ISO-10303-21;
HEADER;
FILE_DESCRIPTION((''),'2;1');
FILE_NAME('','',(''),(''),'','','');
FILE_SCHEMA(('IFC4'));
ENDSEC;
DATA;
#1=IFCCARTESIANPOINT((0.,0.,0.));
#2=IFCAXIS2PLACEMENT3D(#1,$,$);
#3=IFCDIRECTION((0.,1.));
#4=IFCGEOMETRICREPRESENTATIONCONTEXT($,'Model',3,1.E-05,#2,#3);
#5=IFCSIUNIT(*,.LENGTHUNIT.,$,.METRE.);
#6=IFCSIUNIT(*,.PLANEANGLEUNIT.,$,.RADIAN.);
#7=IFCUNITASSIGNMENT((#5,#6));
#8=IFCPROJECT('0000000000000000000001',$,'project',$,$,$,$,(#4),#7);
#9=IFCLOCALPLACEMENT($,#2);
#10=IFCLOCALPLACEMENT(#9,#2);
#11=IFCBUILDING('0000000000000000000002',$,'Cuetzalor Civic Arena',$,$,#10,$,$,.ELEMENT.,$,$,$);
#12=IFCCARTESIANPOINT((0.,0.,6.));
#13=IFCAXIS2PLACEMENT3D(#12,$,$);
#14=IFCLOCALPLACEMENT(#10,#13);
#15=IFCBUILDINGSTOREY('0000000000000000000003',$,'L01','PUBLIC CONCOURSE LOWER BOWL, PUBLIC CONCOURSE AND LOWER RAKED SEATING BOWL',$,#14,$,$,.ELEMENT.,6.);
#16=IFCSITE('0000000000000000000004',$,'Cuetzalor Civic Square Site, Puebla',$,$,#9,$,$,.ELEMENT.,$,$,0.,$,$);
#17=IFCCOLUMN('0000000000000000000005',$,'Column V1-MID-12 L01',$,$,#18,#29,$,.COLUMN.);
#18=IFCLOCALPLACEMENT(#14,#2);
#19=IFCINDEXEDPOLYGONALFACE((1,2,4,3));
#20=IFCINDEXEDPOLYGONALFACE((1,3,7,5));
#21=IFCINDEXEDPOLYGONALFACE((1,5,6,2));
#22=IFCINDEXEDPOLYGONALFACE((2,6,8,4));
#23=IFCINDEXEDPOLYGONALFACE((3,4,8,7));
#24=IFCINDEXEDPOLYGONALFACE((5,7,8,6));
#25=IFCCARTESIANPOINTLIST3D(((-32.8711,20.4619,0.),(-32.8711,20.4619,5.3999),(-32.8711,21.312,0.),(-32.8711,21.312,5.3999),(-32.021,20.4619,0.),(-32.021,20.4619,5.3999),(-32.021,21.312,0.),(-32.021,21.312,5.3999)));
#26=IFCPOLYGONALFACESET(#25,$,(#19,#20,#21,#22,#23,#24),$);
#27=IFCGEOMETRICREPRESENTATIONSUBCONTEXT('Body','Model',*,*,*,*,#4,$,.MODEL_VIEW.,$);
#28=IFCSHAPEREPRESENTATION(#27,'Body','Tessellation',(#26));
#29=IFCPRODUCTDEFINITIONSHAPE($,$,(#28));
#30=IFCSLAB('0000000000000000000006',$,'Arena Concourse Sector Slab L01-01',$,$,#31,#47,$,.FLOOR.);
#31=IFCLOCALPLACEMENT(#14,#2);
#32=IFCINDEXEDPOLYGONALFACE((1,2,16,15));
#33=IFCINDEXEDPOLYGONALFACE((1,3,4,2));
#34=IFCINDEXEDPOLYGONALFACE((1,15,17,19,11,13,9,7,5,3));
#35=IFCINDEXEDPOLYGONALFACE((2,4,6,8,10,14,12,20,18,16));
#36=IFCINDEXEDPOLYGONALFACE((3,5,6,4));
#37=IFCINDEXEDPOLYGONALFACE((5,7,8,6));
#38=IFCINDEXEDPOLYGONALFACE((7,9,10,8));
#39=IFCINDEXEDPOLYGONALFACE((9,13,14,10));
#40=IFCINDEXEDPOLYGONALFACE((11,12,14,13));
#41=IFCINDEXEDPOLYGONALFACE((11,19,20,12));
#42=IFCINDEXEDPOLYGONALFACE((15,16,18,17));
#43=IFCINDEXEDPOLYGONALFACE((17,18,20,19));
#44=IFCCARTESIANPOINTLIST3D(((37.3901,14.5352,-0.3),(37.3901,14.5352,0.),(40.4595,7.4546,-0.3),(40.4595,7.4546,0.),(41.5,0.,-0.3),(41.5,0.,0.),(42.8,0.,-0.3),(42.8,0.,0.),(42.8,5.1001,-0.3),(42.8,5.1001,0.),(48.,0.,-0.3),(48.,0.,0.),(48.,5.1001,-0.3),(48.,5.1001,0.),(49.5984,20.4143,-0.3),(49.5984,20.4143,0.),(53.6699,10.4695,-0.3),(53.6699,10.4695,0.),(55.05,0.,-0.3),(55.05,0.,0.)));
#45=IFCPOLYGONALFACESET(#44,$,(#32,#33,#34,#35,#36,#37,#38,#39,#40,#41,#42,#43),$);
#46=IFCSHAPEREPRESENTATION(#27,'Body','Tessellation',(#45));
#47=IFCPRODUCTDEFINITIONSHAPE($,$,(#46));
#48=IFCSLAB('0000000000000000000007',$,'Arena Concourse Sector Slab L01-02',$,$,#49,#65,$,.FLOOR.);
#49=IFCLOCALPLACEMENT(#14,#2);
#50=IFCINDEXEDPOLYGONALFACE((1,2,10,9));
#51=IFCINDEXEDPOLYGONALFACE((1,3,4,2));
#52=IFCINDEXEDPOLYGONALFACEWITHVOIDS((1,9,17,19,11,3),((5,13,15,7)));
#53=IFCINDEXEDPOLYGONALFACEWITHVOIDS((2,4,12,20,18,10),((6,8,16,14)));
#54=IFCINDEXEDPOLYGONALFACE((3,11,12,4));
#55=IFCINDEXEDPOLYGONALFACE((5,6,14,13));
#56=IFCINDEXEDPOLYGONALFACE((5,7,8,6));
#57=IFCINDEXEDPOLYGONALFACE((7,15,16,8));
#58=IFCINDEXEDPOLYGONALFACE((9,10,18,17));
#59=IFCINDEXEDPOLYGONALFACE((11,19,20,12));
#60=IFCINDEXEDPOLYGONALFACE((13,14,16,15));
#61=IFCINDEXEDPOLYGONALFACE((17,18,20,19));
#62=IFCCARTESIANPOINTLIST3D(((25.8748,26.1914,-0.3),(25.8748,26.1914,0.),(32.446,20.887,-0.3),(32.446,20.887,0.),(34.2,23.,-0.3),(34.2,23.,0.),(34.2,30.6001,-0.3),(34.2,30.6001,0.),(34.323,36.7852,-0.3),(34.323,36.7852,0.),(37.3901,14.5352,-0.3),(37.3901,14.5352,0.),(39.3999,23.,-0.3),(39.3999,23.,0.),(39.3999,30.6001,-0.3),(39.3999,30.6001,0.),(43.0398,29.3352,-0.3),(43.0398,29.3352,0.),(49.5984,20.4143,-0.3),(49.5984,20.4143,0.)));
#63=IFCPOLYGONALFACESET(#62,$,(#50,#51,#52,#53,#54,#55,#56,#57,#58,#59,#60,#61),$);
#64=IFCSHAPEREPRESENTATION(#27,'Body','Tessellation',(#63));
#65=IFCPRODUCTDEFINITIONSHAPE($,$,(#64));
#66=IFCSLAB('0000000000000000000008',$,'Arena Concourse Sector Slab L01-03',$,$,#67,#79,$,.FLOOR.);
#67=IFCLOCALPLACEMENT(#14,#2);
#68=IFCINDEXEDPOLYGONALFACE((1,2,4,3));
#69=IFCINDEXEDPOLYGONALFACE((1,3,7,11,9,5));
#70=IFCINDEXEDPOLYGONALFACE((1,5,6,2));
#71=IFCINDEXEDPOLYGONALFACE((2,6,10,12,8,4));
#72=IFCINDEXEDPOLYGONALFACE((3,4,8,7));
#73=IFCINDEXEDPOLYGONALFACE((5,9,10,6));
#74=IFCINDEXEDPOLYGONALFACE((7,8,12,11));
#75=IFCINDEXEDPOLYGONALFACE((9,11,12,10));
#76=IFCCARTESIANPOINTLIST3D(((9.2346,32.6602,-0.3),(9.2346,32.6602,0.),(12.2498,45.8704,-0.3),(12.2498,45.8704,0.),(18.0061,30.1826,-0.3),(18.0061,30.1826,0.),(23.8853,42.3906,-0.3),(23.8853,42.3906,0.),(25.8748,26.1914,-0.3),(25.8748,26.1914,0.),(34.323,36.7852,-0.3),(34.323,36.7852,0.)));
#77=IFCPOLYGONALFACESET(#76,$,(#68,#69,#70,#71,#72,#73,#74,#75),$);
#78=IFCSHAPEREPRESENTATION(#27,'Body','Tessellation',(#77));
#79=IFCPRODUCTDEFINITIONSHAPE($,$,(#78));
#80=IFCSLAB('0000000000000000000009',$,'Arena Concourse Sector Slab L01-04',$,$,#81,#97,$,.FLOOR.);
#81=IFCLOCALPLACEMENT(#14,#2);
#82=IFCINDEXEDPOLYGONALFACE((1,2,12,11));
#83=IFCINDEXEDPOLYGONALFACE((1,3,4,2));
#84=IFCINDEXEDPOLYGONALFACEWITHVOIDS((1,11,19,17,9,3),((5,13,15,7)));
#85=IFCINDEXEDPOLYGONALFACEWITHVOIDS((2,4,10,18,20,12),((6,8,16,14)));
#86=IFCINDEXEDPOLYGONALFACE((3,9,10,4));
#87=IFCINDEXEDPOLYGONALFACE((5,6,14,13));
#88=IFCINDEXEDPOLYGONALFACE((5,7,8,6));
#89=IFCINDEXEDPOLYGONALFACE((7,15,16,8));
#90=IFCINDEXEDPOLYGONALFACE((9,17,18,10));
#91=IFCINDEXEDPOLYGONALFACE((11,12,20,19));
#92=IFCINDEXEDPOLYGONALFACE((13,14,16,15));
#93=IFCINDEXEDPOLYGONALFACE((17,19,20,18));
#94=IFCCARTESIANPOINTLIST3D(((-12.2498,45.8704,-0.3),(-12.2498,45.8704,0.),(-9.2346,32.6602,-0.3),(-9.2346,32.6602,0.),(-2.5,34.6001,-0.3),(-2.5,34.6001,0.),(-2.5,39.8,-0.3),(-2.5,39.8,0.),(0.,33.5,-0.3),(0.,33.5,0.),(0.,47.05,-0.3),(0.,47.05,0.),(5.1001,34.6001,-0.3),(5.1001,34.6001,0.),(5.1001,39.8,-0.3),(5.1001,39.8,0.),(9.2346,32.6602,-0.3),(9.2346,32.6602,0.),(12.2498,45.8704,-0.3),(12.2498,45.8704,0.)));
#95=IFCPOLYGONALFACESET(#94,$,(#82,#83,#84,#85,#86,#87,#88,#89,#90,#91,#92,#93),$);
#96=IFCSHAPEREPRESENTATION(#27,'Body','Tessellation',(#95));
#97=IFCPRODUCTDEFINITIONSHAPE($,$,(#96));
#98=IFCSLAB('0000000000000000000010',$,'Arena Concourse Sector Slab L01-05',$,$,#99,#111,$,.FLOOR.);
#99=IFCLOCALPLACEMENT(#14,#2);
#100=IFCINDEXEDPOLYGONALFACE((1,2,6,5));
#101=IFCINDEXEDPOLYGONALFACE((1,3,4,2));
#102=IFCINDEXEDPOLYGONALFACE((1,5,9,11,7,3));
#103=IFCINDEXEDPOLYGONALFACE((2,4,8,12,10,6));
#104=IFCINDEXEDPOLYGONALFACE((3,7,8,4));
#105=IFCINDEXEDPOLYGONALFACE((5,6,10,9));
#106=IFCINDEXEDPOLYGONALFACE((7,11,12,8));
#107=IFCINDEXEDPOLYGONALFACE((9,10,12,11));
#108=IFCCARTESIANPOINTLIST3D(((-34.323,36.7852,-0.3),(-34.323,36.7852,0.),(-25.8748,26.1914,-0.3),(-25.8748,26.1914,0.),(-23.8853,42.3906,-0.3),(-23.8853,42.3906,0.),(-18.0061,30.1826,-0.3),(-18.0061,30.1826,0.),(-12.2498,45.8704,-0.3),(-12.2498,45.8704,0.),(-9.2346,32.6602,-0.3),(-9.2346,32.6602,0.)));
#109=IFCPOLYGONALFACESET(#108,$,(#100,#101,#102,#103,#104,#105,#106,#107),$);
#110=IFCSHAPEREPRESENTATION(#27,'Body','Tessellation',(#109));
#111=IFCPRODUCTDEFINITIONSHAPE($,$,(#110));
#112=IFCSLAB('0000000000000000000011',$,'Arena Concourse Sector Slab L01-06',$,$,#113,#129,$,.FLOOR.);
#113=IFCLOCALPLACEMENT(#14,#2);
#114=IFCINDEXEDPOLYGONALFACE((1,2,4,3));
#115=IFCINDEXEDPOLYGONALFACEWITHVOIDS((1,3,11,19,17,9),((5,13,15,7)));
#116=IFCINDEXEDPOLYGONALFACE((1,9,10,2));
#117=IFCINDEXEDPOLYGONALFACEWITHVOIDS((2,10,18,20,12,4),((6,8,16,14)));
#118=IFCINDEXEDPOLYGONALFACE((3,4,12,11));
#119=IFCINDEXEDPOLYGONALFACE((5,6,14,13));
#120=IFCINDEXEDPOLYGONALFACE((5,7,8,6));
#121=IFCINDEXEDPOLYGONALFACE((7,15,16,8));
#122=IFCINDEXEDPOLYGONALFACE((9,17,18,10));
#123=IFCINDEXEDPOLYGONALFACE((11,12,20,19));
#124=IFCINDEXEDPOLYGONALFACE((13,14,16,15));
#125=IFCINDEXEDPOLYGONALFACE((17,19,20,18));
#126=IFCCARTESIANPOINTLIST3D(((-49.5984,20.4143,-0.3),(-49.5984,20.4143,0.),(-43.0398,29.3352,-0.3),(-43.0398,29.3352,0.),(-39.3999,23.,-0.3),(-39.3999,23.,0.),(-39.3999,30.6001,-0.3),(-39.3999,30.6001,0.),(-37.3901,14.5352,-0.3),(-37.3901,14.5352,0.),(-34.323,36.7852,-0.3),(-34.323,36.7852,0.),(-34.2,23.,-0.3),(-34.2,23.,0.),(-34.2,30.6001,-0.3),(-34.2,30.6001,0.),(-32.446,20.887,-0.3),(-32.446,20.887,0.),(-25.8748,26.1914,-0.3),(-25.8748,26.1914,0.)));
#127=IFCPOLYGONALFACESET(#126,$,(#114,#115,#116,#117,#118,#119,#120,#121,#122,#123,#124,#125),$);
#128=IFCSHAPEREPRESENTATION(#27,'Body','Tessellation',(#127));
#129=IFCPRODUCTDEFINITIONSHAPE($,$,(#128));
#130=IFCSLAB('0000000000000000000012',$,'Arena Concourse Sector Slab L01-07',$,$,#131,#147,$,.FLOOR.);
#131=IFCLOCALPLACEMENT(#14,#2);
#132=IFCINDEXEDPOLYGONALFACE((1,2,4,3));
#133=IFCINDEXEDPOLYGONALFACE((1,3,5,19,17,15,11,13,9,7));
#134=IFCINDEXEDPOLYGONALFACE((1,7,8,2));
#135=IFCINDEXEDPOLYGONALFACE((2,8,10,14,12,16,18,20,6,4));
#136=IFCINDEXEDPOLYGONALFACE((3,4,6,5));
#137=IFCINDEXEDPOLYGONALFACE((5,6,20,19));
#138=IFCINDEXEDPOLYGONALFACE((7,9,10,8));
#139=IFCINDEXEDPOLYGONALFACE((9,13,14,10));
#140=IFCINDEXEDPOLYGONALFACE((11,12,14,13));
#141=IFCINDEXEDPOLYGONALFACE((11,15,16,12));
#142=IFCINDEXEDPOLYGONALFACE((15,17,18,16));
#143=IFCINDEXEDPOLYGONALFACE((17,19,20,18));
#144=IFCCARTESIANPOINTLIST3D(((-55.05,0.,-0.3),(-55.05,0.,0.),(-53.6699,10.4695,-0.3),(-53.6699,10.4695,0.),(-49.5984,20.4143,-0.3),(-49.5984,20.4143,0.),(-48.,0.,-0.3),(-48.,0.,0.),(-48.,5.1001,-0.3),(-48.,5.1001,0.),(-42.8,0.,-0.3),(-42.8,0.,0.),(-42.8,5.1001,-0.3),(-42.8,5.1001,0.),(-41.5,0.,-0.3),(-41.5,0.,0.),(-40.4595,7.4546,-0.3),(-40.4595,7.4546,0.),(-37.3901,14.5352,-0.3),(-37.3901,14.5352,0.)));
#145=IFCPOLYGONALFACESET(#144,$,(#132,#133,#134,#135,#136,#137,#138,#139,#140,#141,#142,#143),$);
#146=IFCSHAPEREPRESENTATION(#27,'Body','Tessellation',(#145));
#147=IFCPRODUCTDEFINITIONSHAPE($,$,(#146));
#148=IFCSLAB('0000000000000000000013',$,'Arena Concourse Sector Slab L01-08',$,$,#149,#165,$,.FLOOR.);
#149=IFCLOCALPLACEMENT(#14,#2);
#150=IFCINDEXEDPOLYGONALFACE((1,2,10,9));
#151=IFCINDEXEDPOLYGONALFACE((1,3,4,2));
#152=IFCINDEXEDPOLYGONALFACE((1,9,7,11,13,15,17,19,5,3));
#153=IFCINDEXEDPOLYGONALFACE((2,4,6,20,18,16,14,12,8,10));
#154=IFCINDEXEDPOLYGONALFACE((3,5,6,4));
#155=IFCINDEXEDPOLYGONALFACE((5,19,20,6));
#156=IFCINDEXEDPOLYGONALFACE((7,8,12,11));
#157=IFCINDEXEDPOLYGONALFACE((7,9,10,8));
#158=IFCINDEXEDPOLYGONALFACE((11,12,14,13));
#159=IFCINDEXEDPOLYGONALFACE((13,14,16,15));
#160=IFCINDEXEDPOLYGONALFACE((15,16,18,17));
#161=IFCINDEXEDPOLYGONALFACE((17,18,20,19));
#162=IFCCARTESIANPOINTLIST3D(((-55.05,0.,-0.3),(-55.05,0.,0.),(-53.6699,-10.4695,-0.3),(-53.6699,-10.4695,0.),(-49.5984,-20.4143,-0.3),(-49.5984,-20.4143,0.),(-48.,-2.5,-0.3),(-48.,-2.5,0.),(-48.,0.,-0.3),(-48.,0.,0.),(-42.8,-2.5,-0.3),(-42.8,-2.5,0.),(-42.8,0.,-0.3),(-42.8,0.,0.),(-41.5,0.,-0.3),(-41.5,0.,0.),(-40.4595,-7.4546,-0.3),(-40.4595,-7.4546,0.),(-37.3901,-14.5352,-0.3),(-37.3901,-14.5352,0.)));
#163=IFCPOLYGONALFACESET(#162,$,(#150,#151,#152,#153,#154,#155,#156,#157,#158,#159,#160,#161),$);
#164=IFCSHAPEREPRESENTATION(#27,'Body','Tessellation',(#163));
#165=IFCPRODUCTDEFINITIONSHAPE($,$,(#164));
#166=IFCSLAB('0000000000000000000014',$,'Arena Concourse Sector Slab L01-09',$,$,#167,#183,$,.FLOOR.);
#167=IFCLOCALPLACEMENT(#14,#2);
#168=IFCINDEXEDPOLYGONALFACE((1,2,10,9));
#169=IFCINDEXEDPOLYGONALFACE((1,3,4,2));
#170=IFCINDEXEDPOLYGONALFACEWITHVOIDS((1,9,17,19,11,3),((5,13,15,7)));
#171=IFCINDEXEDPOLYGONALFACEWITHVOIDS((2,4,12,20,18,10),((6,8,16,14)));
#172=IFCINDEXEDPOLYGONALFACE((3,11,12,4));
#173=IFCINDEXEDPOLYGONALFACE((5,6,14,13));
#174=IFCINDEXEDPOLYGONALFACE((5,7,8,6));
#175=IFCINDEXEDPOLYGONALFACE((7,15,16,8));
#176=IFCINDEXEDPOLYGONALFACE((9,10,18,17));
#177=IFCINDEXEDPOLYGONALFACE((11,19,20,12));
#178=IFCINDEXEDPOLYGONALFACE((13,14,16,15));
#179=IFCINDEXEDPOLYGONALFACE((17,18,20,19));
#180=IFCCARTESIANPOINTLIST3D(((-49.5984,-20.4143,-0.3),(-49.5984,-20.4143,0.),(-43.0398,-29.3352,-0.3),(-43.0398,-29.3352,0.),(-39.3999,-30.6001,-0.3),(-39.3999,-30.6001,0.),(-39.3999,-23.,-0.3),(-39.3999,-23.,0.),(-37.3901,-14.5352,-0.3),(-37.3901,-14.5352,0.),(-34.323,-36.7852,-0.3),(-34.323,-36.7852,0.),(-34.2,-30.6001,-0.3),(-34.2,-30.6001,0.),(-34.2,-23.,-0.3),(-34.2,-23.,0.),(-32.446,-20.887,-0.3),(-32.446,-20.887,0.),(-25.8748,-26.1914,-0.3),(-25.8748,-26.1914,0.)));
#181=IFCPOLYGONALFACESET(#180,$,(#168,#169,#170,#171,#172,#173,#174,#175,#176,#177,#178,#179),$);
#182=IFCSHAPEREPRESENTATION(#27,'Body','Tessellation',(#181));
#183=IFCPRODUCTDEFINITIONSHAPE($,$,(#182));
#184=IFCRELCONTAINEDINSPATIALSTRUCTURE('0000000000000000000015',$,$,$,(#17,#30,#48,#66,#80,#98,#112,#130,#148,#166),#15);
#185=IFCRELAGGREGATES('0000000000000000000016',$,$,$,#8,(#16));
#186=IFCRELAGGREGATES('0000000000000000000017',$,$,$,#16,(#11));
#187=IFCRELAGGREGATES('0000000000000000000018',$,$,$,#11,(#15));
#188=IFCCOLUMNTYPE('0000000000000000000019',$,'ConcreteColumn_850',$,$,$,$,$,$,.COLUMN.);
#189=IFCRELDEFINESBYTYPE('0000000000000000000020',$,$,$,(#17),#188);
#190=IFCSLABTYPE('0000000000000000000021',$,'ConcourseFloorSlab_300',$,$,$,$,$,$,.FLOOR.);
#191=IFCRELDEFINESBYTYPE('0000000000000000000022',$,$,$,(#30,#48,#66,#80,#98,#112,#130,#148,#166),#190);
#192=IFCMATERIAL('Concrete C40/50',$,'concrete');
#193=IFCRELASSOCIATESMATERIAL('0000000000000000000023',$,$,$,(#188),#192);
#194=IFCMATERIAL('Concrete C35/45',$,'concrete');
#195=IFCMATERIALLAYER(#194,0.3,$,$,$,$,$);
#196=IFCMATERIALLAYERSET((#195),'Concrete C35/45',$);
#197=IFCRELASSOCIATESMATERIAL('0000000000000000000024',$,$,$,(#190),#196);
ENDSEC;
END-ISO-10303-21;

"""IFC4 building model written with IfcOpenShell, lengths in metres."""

from ifc_helpers import new_model, si_unit, direction, frame, origin, origin_2d, place, context, subcontext, project, spatial, polyline, rectangle, outline, extrude, material, layer, layer_set, material_profile, profile_set, type_object, element, save


model = new_model("IFC4")

# Units and contexts
model_context = context("Model", 3, precision=1e-05, world=origin(), true_north=direction((0.0, 1.0)))
body_context = subcontext(model_context, "Body", "Model", "MODEL_VIEW")
ifc_project = project(units=[si_unit("LENGTHUNIT", "METRE"), si_unit("PLANEANGLEUNIT", "RADIAN")], contexts=[model_context])

# Site, building, storey
site_placement = place(None, origin())
site = spatial("IfcSite", under=ifc_project, at=site_placement, Name="Cuetzalor Civic Square Site, Puebla", CompositionType="ELEMENT", RefElevation=0.0)
building_placement = place(site_placement, origin())
building = spatial("IfcBuilding", under=site, at=building_placement, Name="Cuetzalor Civic Arena", CompositionType="ELEMENT")
storey_placement = place(building_placement, frame((0.0, 0.0, 6.0)))
storey = spatial("IfcBuildingStorey", under=building, at=storey_placement, Name="L01", Description="PUBLIC CONCOURSE LOWER BOWL, PUBLIC CONCOURSE AND LOWER RAKED SEATING BOWL", CompositionType="ELEMENT", Elevation=6.0)

# Column
ifc_material_1 = material(Name="Concrete C40/50", Category="concrete")
ifc_material_profile = material_profile(ifc_material_1, rectangle(XDim=0.8501, YDim=0.8501, at=origin_2d()), Name="RC 850x850")
ifc_profile_set = profile_set([ifc_material_profile], Name="Concrete C40/50")
column_type = type_object("IfcColumnType", Name="ConcreteColumn_850", PredefinedType="COLUMN", material=ifc_profile_set)
column_placement = place(storey_placement, frame((-32.446, 20.887, 0.0), z_axis=(0.0, 0.0, 1.0), x_axis=(1.0, 0.0, 0.0)))
element("IfcColumn", 1, at=column_placement, inside=storey, type_object=column_type, Name="Column V1-MID-12 L01", PredefinedType="COLUMN", context=body_context, shape_type="SweptSolid", body=[
    extrude(rectangle(XDim=0.8501, YDim=0.8501, at=origin_2d()), origin(), (0.0, 0.0, 1.0), 5.3999),
])

# Slabs
ifc_material_2 = material(Name="Concrete C35/45", Category="concrete")
ifc_layer = layer(ifc_material_2, 0.3)
ifc_layer_set = layer_set([ifc_layer], Name="Concrete C35/45")
slab_type = type_object("IfcSlabType", Name="ConcourseFloorSlab_300", PredefinedType="FLOOR", material=ifc_layer_set)
slab_1_placement = place(storey_placement, frame((0.0, 0.0, -0.3)))
element("IfcSlab", 2, at=slab_1_placement, inside=storey, type_object=slab_type, Name="Arena Concourse Sector Slab L01-01", PredefinedType="FLOOR", context=body_context, shape_type="SweptSolid", body=[
    extrude(outline(polyline([(40.4595, 7.4546), (37.3901, 14.5352), (49.5984, 20.4143), (53.6699, 10.4695), (55.05, 0.0), (48.0, 0.0), (48.0, 5.1001), (42.8, 5.1001), (42.8, 0.0), (41.5, 0.0), (40.4595, 7.4546)])), origin(), (0.0, 0.0, 1.0), 0.3),
])
slab_2_placement = place(storey_placement, frame((0.0, 0.0, -0.3)))
element("IfcSlab", 3, at=slab_2_placement, inside=storey, type_object=slab_type, Name="Arena Concourse Sector Slab L01-02", PredefinedType="FLOOR", context=body_context, shape_type="SweptSolid", body=[
    extrude(outline(polyline([(32.446, 20.887), (25.8748, 26.1914), (34.323, 36.7852), (43.0398, 29.3352), (49.5984, 20.4143), (37.3901, 14.5352), (32.446, 20.887)]), holes=[polyline([(39.3999, 23.0), (39.3999, 30.6001), (34.2, 30.6001), (34.2, 23.0), (39.3999, 23.0)])]), origin(), (0.0, 0.0, 1.0), 0.3),
])
slab_3_placement = place(storey_placement, frame((0.0, 0.0, -0.3)))
element("IfcSlab", 4, at=slab_3_placement, inside=storey, type_object=slab_type, Name="Arena Concourse Sector Slab L01-03", PredefinedType="FLOOR", context=body_context, shape_type="SweptSolid", body=[
    extrude(outline(polyline([(25.8748, 26.1914), (18.0061, 30.1826), (9.2346, 32.6602), (12.2498, 45.8704), (23.8853, 42.3906), (34.323, 36.7852), (25.8748, 26.1914)])), origin(), (0.0, 0.0, 1.0), 0.3),
])
slab_4_placement = place(storey_placement, frame((0.0, 0.0, -0.3)))
element("IfcSlab", 5, at=slab_4_placement, inside=storey, type_object=slab_type, Name="Arena Concourse Sector Slab L01-04", PredefinedType="FLOOR", context=body_context, shape_type="SweptSolid", body=[
    extrude(outline(polyline([(0.0, 33.5), (-9.2346, 32.6602), (-12.2498, 45.8704), (0.0, 47.05), (12.2498, 45.8704), (9.2346, 32.6602), (0.0, 33.5)]), holes=[polyline([(5.1001, 34.6001), (5.1001, 39.8), (-2.5, 39.8), (-2.5, 34.6001), (5.1001, 34.6001)])]), origin(), (0.0, 0.0, 1.0), 0.3),
])
slab_5_placement = place(storey_placement, frame((0.0, 0.0, -0.3)))
element("IfcSlab", 6, at=slab_5_placement, inside=storey, type_object=slab_type, Name="Arena Concourse Sector Slab L01-05", PredefinedType="FLOOR", context=body_context, shape_type="SweptSolid", body=[
    extrude(outline(polyline([(-9.2346, 32.6602), (-18.0061, 30.1826), (-25.8748, 26.1914), (-34.323, 36.7852), (-23.8853, 42.3906), (-12.2498, 45.8704), (-9.2346, 32.6602)])), origin(), (0.0, 0.0, 1.0), 0.3),
])
slab_6_placement = place(storey_placement, frame((0.0, 0.0, -0.3)))
element("IfcSlab", 7, at=slab_6_placement, inside=storey, type_object=slab_type, Name="Arena Concourse Sector Slab L01-06", PredefinedType="FLOOR", context=body_context, shape_type="SweptSolid", body=[
    extrude(outline(polyline([(-32.446, 20.887), (-37.3901, 14.5352), (-49.5984, 20.4143), (-43.0398, 29.3352), (-34.323, 36.7852), (-25.8748, 26.1914), (-32.446, 20.887)]), holes=[polyline([(-34.2, 23.0), (-34.2, 30.6001), (-39.3999, 30.6001), (-39.3999, 23.0), (-34.2, 23.0)])]), origin(), (0.0, 0.0, 1.0), 0.3),
])
slab_7_placement = place(storey_placement, frame((0.0, 0.0, -0.3)))
element("IfcSlab", 8, at=slab_7_placement, inside=storey, type_object=slab_type, Name="Arena Concourse Sector Slab L01-07", PredefinedType="FLOOR", context=body_context, shape_type="SweptSolid", body=[
    extrude(outline(polyline([(-40.4595, 7.4546), (-41.5, 0.0), (-42.8, 0.0), (-42.8, 5.1001), (-48.0, 5.1001), (-48.0, 0.0), (-55.05, 0.0), (-53.6699, 10.4695), (-49.5984, 20.4143), (-37.3901, 14.5352), (-40.4595, 7.4546)])), origin(), (0.0, 0.0, 1.0), 0.3),
])
slab_8_placement = place(storey_placement, frame((0.0, 0.0, -0.3)))
element("IfcSlab", 9, at=slab_8_placement, inside=storey, type_object=slab_type, Name="Arena Concourse Sector Slab L01-08", PredefinedType="FLOOR", context=body_context, shape_type="SweptSolid", body=[
    extrude(outline(polyline([(-40.4595, -7.4546), (-37.3901, -14.5352), (-49.5984, -20.4143), (-53.6699, -10.4695), (-55.05, 0.0), (-48.0, 0.0), (-48.0, -2.5), (-42.8, -2.5), (-42.8, 0.0), (-41.5, 0.0), (-40.4595, -7.4546)])), origin(), (0.0, 0.0, 1.0), 0.3),
])
slab_9_placement = place(storey_placement, frame((0.0, 0.0, -0.3)))
element("IfcSlab", 10, at=slab_9_placement, inside=storey, type_object=slab_type, Name="Arena Concourse Sector Slab L01-09", PredefinedType="FLOOR", context=body_context, shape_type="SweptSolid", body=[
    extrude(outline(polyline([(-32.446, -20.887), (-25.8748, -26.1914), (-34.323, -36.7852), (-43.0398, -29.3352), (-49.5984, -20.4143), (-37.3901, -14.5352), (-32.446, -20.887)]), holes=[polyline([(-34.2, -30.6001), (-34.2, -23.0), (-39.3999, -23.0), (-39.3999, -30.6001), (-34.2, -30.6001)])]), origin(), (0.0, 0.0, 1.0), 0.3),
])

save(model, "model.ifc")
